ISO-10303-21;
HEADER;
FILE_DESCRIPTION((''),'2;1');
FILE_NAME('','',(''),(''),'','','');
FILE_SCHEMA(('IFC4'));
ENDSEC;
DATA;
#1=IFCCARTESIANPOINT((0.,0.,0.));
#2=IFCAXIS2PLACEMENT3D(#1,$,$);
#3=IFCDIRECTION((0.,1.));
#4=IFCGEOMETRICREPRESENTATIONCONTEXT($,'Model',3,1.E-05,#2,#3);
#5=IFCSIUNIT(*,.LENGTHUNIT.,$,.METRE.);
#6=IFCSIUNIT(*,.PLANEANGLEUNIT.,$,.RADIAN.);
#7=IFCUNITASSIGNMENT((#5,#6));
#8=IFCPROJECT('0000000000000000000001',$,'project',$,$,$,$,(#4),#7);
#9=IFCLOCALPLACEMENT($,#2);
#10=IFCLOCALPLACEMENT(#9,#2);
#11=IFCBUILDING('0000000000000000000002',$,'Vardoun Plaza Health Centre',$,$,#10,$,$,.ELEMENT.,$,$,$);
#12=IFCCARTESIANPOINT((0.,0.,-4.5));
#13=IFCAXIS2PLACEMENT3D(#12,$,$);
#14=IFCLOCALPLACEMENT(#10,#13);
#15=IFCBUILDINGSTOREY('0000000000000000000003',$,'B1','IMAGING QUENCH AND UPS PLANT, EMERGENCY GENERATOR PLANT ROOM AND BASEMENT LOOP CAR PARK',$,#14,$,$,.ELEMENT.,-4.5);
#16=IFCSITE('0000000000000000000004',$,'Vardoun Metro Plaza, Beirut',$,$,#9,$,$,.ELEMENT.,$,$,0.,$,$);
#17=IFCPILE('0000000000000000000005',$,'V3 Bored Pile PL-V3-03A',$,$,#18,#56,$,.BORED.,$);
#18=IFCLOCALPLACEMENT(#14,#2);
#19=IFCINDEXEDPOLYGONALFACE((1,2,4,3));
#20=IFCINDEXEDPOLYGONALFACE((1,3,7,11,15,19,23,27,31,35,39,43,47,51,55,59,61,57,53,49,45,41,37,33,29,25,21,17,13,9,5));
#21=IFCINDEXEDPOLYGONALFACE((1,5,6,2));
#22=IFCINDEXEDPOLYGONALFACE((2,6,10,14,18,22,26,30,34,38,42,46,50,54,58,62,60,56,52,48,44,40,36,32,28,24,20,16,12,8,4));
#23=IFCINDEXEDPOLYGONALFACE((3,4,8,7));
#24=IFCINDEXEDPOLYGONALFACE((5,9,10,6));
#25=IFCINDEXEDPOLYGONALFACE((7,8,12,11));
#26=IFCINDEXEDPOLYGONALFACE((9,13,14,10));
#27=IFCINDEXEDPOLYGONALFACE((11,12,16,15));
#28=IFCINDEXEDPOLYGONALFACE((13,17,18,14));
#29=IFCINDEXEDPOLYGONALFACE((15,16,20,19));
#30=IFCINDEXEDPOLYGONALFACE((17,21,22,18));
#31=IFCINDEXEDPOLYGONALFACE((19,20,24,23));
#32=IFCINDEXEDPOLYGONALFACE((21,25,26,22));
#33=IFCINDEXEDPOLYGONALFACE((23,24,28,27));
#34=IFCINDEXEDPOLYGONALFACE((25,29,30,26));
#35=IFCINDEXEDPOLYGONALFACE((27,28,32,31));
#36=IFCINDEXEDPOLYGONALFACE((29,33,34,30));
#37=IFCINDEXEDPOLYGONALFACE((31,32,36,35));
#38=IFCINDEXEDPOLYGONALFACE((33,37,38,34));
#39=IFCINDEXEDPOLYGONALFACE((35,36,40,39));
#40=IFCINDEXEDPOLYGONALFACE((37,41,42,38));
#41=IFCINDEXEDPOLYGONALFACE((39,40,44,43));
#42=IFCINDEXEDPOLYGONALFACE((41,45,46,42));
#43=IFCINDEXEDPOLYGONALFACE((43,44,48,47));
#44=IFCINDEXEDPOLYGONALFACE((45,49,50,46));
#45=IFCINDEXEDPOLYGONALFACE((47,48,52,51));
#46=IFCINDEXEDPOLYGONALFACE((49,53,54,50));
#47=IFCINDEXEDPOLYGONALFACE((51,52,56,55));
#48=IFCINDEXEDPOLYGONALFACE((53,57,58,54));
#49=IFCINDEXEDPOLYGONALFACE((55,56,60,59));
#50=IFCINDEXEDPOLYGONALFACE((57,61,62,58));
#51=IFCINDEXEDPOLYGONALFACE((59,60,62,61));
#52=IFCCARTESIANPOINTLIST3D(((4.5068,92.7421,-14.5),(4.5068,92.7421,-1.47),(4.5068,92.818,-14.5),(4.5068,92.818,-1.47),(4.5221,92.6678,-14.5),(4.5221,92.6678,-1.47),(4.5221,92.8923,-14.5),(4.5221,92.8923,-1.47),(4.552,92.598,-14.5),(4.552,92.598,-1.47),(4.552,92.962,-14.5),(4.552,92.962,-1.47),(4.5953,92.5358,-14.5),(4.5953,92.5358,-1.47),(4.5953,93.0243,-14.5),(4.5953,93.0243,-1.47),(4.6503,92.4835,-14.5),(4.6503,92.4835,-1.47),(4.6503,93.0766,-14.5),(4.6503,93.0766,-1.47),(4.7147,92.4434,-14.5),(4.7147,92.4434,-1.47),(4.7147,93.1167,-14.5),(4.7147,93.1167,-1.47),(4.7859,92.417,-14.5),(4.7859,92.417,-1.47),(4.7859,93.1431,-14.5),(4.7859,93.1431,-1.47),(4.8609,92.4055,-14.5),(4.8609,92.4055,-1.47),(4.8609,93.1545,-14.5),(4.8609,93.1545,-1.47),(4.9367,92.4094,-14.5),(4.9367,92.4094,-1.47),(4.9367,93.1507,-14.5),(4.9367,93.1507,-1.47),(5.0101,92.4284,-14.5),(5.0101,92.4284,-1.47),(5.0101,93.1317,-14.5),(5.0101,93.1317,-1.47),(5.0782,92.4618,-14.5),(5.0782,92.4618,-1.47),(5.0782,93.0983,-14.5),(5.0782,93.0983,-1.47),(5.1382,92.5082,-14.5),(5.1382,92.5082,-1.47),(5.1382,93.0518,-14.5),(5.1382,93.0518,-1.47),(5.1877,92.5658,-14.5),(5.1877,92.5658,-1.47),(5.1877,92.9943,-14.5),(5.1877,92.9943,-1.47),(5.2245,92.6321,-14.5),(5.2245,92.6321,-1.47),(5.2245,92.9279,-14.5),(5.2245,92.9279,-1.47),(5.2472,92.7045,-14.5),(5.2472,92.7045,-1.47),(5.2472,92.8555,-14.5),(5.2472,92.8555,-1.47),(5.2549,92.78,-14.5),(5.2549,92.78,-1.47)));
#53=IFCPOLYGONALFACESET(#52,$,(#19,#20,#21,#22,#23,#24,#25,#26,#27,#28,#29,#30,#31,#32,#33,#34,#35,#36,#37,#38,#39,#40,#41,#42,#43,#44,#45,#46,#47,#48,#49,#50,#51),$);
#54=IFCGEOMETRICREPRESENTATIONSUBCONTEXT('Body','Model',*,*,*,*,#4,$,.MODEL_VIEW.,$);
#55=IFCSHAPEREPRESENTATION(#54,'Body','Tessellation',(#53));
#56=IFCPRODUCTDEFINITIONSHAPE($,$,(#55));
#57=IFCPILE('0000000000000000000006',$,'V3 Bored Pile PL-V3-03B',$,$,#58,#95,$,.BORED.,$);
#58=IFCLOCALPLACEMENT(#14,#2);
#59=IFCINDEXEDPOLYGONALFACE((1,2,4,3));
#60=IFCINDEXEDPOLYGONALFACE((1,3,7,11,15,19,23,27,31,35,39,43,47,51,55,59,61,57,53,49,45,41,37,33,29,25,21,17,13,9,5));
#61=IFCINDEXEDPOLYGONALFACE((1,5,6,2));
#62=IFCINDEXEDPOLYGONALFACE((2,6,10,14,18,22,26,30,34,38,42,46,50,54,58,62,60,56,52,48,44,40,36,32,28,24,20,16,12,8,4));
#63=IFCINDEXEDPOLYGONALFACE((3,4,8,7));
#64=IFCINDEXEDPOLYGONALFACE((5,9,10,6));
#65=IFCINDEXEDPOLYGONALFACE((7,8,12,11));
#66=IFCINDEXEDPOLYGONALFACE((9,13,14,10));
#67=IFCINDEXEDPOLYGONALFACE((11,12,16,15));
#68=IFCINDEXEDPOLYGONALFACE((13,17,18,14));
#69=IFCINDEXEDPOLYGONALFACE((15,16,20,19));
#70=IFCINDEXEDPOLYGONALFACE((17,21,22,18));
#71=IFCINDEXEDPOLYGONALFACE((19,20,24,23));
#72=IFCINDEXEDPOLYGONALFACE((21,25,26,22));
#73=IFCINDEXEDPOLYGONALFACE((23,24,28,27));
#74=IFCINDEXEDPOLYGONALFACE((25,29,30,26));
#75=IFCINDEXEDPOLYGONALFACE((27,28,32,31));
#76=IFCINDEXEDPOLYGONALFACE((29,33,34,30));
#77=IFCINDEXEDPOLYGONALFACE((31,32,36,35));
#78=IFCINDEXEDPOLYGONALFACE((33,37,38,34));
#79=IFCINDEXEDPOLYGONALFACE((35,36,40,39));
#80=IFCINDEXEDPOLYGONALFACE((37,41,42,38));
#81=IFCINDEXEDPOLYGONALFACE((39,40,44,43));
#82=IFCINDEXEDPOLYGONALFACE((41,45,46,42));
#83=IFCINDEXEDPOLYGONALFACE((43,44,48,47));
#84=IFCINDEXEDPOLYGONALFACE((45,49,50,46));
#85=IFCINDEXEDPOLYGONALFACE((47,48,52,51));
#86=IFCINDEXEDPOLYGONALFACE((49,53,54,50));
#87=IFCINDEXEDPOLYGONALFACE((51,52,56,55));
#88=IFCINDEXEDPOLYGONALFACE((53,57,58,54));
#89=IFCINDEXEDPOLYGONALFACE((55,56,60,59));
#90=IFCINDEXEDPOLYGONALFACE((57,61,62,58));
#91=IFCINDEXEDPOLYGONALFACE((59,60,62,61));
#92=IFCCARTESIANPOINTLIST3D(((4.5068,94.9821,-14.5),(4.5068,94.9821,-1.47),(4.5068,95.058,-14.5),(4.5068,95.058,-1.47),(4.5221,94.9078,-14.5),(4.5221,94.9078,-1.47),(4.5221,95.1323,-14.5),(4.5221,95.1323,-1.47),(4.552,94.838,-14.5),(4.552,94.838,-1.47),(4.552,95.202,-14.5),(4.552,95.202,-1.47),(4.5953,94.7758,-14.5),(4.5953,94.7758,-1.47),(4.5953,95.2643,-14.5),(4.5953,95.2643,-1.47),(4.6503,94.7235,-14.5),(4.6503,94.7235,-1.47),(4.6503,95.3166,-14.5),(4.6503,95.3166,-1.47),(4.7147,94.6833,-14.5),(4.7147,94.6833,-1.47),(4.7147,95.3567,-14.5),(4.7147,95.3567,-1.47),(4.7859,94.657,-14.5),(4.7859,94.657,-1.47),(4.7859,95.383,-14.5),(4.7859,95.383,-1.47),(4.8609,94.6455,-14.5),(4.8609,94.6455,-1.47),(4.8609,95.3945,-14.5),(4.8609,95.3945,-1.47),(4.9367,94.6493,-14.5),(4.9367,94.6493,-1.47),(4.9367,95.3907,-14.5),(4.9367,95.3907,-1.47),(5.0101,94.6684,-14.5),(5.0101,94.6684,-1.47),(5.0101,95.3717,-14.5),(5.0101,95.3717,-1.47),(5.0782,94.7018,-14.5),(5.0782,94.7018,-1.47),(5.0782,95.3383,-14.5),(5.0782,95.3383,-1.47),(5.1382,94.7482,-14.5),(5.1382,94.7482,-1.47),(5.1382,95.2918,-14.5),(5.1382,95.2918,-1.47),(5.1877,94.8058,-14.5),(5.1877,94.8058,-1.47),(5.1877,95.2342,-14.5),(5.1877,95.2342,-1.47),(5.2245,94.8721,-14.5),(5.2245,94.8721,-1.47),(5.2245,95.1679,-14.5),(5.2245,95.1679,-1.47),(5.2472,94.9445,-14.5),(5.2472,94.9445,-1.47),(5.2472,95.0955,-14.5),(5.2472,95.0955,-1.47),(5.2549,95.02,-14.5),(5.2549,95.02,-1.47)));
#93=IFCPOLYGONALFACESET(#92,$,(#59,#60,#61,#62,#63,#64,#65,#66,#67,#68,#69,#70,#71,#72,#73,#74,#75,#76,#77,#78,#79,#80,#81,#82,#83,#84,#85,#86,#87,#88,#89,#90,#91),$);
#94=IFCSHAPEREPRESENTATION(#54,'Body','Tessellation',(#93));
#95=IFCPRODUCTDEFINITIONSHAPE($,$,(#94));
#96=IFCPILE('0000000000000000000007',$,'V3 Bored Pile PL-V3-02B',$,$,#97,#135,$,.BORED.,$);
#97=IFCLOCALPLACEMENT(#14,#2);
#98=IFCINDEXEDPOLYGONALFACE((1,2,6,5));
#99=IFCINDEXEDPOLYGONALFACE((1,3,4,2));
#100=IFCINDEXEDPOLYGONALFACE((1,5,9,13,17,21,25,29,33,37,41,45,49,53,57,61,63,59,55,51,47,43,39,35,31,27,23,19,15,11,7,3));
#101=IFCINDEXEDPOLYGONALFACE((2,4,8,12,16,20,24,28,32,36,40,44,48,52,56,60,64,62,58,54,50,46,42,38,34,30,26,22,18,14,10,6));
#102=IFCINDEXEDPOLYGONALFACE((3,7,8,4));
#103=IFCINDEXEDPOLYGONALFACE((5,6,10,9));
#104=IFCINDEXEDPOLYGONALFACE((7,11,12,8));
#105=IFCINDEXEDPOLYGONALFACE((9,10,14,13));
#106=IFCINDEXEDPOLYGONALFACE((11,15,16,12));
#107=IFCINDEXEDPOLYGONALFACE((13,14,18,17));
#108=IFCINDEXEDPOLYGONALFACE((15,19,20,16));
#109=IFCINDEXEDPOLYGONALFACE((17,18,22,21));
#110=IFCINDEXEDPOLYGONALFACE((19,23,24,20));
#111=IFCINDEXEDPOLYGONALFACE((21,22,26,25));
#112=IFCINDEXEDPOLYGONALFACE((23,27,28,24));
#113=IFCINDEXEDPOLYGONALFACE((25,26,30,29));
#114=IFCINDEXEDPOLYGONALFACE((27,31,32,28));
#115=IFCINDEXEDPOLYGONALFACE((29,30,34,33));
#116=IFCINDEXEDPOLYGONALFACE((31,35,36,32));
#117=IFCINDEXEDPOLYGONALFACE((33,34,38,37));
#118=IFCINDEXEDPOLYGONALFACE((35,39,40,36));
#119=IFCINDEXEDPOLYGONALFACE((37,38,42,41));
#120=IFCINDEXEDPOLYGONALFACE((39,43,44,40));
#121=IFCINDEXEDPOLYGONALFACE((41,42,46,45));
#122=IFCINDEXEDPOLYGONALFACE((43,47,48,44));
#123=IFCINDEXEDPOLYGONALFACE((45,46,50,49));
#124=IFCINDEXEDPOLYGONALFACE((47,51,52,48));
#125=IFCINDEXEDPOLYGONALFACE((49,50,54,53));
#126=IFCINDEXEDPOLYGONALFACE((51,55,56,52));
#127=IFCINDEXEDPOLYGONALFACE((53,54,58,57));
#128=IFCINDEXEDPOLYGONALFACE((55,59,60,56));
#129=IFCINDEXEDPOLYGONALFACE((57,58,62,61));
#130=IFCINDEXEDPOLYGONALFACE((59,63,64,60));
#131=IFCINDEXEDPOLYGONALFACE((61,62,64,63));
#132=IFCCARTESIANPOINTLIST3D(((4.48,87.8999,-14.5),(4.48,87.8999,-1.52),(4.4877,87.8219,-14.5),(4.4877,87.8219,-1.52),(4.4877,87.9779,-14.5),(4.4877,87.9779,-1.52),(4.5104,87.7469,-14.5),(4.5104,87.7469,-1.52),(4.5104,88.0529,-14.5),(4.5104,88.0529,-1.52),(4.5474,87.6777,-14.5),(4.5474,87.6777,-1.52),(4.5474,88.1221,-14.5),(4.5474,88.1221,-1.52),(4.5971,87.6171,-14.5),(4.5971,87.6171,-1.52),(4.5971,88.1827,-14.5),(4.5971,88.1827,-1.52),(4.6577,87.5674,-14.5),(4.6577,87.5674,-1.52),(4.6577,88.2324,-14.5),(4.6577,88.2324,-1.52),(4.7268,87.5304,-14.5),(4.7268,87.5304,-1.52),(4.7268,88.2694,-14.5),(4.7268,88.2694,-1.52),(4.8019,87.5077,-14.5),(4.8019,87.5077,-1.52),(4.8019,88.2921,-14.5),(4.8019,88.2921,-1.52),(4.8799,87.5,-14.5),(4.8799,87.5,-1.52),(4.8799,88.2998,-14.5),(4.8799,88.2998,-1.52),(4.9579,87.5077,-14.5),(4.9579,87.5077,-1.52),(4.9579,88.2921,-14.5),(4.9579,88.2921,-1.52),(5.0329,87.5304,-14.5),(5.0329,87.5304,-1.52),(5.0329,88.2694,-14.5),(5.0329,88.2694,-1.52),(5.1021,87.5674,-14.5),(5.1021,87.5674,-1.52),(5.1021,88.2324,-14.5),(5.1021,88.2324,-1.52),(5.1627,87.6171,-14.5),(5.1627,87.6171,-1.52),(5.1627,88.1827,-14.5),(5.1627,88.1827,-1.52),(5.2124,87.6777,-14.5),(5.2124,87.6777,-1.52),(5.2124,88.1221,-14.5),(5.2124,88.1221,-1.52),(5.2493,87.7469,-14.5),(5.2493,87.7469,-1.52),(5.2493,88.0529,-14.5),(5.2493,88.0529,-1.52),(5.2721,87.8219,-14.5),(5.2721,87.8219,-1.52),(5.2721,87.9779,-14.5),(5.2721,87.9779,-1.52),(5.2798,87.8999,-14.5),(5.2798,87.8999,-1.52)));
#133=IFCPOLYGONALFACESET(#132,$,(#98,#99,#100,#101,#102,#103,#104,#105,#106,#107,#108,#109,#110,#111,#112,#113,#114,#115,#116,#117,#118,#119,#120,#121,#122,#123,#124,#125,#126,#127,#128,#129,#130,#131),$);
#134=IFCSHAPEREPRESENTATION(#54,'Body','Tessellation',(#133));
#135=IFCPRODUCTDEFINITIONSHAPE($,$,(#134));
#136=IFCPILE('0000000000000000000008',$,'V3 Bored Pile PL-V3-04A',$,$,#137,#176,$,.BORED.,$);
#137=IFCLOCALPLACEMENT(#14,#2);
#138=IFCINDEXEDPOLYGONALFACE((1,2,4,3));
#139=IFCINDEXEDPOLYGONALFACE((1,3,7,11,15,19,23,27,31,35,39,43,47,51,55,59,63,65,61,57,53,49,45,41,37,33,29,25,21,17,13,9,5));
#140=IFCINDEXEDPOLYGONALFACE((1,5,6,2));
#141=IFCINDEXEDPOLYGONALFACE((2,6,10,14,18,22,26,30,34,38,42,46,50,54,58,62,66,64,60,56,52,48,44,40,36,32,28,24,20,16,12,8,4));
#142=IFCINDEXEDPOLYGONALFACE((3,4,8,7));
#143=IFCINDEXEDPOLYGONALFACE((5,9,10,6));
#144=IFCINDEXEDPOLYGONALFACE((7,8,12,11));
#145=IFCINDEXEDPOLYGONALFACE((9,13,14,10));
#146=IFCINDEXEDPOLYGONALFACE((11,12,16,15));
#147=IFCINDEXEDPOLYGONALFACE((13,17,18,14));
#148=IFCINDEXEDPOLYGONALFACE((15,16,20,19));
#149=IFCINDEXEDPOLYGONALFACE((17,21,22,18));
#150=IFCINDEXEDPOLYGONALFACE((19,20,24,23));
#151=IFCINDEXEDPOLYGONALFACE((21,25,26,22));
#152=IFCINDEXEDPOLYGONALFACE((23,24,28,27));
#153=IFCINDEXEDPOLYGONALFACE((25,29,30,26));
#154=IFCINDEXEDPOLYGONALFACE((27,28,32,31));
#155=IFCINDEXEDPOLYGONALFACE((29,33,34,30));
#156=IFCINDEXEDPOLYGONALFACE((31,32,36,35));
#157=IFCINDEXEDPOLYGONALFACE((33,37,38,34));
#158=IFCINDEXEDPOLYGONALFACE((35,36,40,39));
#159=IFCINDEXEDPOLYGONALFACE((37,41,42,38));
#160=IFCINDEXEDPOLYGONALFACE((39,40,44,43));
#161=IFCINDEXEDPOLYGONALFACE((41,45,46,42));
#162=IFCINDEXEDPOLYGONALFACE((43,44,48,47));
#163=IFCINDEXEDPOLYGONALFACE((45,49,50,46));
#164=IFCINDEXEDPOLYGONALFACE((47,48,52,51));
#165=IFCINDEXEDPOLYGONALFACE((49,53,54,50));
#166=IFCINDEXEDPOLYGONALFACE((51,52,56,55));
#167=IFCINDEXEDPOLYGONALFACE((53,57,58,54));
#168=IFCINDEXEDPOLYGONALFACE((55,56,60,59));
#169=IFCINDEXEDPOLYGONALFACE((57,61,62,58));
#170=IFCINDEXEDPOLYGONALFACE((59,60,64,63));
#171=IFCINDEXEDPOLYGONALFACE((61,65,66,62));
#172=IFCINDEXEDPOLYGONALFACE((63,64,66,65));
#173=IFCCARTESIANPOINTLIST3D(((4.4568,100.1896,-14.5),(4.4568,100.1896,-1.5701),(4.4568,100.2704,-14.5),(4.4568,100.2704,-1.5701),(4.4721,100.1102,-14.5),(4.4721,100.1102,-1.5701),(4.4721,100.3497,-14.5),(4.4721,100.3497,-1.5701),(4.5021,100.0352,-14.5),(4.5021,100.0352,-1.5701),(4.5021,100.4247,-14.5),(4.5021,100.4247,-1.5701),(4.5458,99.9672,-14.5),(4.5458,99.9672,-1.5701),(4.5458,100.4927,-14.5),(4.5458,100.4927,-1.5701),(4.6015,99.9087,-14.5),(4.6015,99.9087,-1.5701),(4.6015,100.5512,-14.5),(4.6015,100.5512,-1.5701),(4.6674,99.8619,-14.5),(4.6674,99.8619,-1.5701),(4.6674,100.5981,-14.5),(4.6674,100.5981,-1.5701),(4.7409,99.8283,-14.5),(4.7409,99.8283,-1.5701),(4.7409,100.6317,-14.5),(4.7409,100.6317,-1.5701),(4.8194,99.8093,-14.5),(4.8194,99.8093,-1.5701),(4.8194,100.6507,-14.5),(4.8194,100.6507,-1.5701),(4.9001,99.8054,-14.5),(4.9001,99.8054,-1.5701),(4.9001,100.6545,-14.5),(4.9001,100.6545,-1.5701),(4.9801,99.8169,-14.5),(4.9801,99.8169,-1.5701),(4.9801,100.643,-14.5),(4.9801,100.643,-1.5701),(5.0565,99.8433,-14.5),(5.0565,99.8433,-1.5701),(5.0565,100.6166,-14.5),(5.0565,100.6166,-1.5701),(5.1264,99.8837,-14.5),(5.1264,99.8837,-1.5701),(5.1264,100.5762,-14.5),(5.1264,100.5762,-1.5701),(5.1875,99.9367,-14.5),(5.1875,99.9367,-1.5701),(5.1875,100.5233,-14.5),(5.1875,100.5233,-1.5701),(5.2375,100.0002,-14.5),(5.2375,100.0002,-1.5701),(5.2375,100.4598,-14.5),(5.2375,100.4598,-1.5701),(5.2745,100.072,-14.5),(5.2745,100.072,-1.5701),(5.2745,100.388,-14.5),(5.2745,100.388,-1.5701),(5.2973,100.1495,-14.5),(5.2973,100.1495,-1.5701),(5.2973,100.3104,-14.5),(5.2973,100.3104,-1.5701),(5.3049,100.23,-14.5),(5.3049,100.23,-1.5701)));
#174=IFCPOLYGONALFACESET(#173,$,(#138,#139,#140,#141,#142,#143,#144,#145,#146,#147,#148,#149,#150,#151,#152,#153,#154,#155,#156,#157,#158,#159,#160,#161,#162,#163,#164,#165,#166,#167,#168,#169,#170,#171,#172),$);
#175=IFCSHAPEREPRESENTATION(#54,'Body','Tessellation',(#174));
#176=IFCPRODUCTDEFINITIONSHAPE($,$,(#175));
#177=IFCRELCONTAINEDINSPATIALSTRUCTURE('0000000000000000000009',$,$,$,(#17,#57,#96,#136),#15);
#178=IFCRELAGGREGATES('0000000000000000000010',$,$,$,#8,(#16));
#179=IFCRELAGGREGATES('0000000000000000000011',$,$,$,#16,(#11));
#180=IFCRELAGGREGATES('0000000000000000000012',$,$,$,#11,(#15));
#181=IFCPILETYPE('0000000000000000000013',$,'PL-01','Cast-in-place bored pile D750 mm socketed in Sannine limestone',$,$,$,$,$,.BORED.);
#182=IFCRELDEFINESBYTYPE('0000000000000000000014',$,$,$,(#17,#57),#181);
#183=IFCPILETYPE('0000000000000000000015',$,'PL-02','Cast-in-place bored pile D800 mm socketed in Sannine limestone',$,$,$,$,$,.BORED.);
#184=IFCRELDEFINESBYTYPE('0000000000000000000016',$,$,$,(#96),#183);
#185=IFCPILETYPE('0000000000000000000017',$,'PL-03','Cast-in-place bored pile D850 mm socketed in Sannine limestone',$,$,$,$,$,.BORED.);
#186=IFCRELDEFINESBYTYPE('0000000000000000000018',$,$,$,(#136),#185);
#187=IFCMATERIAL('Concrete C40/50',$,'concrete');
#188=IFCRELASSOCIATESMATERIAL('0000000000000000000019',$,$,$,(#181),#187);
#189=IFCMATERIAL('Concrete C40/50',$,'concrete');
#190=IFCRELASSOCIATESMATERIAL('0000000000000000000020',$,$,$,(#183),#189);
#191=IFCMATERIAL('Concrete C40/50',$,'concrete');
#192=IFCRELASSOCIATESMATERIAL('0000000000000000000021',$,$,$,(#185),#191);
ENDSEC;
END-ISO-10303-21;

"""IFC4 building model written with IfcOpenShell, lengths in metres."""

from ifc_helpers import new_model, si_unit, direction, frame, origin, origin_2d, place, context, subcontext, project, spatial, circle, extrude, material, material_profile, profile_set, type_object, element, save


model = new_model("IFC4")

# Units and contexts
model_context = context("Model", 3, precision=1e-05, world=origin(), true_north=direction((0.0, 1.0)))
body_context = subcontext(model_context, "Body", "Model", "MODEL_VIEW")
ifc_project = project(units=[si_unit("LENGTHUNIT", "METRE"), si_unit("PLANEANGLEUNIT", "RADIAN")], contexts=[model_context])

# Site, building, storey
site_placement = place(None, origin())
site = spatial("IfcSite", under=ifc_project, at=site_placement, Name="Vardoun Metro Plaza, Beirut", CompositionType="ELEMENT", RefElevation=0.0)
building_placement = place(site_placement, origin())
building = spatial("IfcBuilding", under=site, at=building_placement, Name="Vardoun Plaza Health Centre", CompositionType="ELEMENT")
storey_placement = place(building_placement, frame((0.0, 0.0, -4.5)))
storey = spatial("IfcBuildingStorey", under=building, at=storey_placement, Name="B1", Description="IMAGING QUENCH AND UPS PLANT, EMERGENCY GENERATOR PLANT ROOM AND BASEMENT LOOP CAR PARK", CompositionType="ELEMENT", Elevation=-4.5)

# Piles
ifc_material_1 = material(Name="Concrete C40/50", Category="concrete")
ifc_material_profile_1 = material_profile(ifc_material_1, circle(Radius=0.375, at=origin_2d()), Name="PILE D750")
ifc_profile_set_1 = profile_set([ifc_material_profile_1], Name="Concrete C40/50")
pile_type_1 = type_object("IfcPileType", Name="PL-01", Description="Cast-in-place bored pile D750 mm socketed in Sannine limestone", PredefinedType="BORED", material=ifc_profile_set_1)
for number, where, z_axis, x_axis, name in (
    (1, (4.8799, 92.78, -1.47), (0.0, 0.0, -1.0), (1.0, 0.0, 0.0), "V3 Bored Pile PL-V3-03A"),
    (2, (4.8799, 95.02, -1.47), (0.0, 0.0, -1.0), (1.0, 0.0, 0.0), "V3 Bored Pile PL-V3-03B"),
):
    element("IfcPile", number, at=place(storey_placement, frame(where, z_axis=z_axis, x_axis=x_axis)), inside=storey, type_object=pile_type_1, Name=name, PredefinedType="BORED", context=body_context, shape_type="SweptSolid", body=[
        extrude(circle(Radius=0.375, at=origin_2d()), origin(), (0.0, 0.0, 1.0), 13.03),
    ])
ifc_material_2 = material(Name="Concrete C40/50", Category="concrete")
ifc_material_profile_2 = material_profile(ifc_material_2, circle(Radius=0.3999, at=origin_2d()), Name="PILE D800")
ifc_profile_set_2 = profile_set([ifc_material_profile_2], Name="Concrete C40/50")
pile_type_2 = type_object("IfcPileType", Name="PL-02", Description="Cast-in-place bored pile D800 mm socketed in Sannine limestone", PredefinedType="BORED", material=ifc_profile_set_2)
pile_1_placement = place(storey_placement, frame((4.8799, 87.8999, -1.52), z_axis=(0.0, 0.0, -1.0), x_axis=(1.0, 0.0, 0.0)))
element("IfcPile", 3, at=pile_1_placement, inside=storey, type_object=pile_type_2, Name="V3 Bored Pile PL-V3-02B", PredefinedType="BORED", context=body_context, shape_type="SweptSolid", body=[
    extrude(circle(Radius=0.3999, at=origin_2d()), origin(), (0.0, 0.0, 1.0), 12.98),
])
ifc_material_3 = material(Name="Concrete C40/50", Category="concrete")
ifc_material_profile_3 = material_profile(ifc_material_3, circle(Radius=0.425, at=origin_2d()), Name="PILE D850")
ifc_profile_set_3 = profile_set([ifc_material_profile_3], Name="Concrete C40/50")
pile_type_3 = type_object("IfcPileType", Name="PL-03", Description="Cast-in-place bored pile D850 mm socketed in Sannine limestone", PredefinedType="BORED", material=ifc_profile_set_3)
for number, where, z_axis, x_axis, name in (
    (4, (4.8799, 100.23, -1.5701), (0.0, 0.0, -1.0), (1.0, 0.0, 0.0), "V3 Bored Pile PL-V3-04A"),
):
    element("IfcPile", number, at=place(storey_placement, frame(where, z_axis=z_axis, x_axis=x_axis)), inside=storey, type_object=pile_type_3, Name=name, PredefinedType="BORED", context=body_context, shape_type="SweptSolid", body=[
        extrude(circle(Radius=0.425, at=origin_2d()), origin(), (0.0, 0.0, 1.0), 12.9299),
    ])

save(model, "model.ifc")
